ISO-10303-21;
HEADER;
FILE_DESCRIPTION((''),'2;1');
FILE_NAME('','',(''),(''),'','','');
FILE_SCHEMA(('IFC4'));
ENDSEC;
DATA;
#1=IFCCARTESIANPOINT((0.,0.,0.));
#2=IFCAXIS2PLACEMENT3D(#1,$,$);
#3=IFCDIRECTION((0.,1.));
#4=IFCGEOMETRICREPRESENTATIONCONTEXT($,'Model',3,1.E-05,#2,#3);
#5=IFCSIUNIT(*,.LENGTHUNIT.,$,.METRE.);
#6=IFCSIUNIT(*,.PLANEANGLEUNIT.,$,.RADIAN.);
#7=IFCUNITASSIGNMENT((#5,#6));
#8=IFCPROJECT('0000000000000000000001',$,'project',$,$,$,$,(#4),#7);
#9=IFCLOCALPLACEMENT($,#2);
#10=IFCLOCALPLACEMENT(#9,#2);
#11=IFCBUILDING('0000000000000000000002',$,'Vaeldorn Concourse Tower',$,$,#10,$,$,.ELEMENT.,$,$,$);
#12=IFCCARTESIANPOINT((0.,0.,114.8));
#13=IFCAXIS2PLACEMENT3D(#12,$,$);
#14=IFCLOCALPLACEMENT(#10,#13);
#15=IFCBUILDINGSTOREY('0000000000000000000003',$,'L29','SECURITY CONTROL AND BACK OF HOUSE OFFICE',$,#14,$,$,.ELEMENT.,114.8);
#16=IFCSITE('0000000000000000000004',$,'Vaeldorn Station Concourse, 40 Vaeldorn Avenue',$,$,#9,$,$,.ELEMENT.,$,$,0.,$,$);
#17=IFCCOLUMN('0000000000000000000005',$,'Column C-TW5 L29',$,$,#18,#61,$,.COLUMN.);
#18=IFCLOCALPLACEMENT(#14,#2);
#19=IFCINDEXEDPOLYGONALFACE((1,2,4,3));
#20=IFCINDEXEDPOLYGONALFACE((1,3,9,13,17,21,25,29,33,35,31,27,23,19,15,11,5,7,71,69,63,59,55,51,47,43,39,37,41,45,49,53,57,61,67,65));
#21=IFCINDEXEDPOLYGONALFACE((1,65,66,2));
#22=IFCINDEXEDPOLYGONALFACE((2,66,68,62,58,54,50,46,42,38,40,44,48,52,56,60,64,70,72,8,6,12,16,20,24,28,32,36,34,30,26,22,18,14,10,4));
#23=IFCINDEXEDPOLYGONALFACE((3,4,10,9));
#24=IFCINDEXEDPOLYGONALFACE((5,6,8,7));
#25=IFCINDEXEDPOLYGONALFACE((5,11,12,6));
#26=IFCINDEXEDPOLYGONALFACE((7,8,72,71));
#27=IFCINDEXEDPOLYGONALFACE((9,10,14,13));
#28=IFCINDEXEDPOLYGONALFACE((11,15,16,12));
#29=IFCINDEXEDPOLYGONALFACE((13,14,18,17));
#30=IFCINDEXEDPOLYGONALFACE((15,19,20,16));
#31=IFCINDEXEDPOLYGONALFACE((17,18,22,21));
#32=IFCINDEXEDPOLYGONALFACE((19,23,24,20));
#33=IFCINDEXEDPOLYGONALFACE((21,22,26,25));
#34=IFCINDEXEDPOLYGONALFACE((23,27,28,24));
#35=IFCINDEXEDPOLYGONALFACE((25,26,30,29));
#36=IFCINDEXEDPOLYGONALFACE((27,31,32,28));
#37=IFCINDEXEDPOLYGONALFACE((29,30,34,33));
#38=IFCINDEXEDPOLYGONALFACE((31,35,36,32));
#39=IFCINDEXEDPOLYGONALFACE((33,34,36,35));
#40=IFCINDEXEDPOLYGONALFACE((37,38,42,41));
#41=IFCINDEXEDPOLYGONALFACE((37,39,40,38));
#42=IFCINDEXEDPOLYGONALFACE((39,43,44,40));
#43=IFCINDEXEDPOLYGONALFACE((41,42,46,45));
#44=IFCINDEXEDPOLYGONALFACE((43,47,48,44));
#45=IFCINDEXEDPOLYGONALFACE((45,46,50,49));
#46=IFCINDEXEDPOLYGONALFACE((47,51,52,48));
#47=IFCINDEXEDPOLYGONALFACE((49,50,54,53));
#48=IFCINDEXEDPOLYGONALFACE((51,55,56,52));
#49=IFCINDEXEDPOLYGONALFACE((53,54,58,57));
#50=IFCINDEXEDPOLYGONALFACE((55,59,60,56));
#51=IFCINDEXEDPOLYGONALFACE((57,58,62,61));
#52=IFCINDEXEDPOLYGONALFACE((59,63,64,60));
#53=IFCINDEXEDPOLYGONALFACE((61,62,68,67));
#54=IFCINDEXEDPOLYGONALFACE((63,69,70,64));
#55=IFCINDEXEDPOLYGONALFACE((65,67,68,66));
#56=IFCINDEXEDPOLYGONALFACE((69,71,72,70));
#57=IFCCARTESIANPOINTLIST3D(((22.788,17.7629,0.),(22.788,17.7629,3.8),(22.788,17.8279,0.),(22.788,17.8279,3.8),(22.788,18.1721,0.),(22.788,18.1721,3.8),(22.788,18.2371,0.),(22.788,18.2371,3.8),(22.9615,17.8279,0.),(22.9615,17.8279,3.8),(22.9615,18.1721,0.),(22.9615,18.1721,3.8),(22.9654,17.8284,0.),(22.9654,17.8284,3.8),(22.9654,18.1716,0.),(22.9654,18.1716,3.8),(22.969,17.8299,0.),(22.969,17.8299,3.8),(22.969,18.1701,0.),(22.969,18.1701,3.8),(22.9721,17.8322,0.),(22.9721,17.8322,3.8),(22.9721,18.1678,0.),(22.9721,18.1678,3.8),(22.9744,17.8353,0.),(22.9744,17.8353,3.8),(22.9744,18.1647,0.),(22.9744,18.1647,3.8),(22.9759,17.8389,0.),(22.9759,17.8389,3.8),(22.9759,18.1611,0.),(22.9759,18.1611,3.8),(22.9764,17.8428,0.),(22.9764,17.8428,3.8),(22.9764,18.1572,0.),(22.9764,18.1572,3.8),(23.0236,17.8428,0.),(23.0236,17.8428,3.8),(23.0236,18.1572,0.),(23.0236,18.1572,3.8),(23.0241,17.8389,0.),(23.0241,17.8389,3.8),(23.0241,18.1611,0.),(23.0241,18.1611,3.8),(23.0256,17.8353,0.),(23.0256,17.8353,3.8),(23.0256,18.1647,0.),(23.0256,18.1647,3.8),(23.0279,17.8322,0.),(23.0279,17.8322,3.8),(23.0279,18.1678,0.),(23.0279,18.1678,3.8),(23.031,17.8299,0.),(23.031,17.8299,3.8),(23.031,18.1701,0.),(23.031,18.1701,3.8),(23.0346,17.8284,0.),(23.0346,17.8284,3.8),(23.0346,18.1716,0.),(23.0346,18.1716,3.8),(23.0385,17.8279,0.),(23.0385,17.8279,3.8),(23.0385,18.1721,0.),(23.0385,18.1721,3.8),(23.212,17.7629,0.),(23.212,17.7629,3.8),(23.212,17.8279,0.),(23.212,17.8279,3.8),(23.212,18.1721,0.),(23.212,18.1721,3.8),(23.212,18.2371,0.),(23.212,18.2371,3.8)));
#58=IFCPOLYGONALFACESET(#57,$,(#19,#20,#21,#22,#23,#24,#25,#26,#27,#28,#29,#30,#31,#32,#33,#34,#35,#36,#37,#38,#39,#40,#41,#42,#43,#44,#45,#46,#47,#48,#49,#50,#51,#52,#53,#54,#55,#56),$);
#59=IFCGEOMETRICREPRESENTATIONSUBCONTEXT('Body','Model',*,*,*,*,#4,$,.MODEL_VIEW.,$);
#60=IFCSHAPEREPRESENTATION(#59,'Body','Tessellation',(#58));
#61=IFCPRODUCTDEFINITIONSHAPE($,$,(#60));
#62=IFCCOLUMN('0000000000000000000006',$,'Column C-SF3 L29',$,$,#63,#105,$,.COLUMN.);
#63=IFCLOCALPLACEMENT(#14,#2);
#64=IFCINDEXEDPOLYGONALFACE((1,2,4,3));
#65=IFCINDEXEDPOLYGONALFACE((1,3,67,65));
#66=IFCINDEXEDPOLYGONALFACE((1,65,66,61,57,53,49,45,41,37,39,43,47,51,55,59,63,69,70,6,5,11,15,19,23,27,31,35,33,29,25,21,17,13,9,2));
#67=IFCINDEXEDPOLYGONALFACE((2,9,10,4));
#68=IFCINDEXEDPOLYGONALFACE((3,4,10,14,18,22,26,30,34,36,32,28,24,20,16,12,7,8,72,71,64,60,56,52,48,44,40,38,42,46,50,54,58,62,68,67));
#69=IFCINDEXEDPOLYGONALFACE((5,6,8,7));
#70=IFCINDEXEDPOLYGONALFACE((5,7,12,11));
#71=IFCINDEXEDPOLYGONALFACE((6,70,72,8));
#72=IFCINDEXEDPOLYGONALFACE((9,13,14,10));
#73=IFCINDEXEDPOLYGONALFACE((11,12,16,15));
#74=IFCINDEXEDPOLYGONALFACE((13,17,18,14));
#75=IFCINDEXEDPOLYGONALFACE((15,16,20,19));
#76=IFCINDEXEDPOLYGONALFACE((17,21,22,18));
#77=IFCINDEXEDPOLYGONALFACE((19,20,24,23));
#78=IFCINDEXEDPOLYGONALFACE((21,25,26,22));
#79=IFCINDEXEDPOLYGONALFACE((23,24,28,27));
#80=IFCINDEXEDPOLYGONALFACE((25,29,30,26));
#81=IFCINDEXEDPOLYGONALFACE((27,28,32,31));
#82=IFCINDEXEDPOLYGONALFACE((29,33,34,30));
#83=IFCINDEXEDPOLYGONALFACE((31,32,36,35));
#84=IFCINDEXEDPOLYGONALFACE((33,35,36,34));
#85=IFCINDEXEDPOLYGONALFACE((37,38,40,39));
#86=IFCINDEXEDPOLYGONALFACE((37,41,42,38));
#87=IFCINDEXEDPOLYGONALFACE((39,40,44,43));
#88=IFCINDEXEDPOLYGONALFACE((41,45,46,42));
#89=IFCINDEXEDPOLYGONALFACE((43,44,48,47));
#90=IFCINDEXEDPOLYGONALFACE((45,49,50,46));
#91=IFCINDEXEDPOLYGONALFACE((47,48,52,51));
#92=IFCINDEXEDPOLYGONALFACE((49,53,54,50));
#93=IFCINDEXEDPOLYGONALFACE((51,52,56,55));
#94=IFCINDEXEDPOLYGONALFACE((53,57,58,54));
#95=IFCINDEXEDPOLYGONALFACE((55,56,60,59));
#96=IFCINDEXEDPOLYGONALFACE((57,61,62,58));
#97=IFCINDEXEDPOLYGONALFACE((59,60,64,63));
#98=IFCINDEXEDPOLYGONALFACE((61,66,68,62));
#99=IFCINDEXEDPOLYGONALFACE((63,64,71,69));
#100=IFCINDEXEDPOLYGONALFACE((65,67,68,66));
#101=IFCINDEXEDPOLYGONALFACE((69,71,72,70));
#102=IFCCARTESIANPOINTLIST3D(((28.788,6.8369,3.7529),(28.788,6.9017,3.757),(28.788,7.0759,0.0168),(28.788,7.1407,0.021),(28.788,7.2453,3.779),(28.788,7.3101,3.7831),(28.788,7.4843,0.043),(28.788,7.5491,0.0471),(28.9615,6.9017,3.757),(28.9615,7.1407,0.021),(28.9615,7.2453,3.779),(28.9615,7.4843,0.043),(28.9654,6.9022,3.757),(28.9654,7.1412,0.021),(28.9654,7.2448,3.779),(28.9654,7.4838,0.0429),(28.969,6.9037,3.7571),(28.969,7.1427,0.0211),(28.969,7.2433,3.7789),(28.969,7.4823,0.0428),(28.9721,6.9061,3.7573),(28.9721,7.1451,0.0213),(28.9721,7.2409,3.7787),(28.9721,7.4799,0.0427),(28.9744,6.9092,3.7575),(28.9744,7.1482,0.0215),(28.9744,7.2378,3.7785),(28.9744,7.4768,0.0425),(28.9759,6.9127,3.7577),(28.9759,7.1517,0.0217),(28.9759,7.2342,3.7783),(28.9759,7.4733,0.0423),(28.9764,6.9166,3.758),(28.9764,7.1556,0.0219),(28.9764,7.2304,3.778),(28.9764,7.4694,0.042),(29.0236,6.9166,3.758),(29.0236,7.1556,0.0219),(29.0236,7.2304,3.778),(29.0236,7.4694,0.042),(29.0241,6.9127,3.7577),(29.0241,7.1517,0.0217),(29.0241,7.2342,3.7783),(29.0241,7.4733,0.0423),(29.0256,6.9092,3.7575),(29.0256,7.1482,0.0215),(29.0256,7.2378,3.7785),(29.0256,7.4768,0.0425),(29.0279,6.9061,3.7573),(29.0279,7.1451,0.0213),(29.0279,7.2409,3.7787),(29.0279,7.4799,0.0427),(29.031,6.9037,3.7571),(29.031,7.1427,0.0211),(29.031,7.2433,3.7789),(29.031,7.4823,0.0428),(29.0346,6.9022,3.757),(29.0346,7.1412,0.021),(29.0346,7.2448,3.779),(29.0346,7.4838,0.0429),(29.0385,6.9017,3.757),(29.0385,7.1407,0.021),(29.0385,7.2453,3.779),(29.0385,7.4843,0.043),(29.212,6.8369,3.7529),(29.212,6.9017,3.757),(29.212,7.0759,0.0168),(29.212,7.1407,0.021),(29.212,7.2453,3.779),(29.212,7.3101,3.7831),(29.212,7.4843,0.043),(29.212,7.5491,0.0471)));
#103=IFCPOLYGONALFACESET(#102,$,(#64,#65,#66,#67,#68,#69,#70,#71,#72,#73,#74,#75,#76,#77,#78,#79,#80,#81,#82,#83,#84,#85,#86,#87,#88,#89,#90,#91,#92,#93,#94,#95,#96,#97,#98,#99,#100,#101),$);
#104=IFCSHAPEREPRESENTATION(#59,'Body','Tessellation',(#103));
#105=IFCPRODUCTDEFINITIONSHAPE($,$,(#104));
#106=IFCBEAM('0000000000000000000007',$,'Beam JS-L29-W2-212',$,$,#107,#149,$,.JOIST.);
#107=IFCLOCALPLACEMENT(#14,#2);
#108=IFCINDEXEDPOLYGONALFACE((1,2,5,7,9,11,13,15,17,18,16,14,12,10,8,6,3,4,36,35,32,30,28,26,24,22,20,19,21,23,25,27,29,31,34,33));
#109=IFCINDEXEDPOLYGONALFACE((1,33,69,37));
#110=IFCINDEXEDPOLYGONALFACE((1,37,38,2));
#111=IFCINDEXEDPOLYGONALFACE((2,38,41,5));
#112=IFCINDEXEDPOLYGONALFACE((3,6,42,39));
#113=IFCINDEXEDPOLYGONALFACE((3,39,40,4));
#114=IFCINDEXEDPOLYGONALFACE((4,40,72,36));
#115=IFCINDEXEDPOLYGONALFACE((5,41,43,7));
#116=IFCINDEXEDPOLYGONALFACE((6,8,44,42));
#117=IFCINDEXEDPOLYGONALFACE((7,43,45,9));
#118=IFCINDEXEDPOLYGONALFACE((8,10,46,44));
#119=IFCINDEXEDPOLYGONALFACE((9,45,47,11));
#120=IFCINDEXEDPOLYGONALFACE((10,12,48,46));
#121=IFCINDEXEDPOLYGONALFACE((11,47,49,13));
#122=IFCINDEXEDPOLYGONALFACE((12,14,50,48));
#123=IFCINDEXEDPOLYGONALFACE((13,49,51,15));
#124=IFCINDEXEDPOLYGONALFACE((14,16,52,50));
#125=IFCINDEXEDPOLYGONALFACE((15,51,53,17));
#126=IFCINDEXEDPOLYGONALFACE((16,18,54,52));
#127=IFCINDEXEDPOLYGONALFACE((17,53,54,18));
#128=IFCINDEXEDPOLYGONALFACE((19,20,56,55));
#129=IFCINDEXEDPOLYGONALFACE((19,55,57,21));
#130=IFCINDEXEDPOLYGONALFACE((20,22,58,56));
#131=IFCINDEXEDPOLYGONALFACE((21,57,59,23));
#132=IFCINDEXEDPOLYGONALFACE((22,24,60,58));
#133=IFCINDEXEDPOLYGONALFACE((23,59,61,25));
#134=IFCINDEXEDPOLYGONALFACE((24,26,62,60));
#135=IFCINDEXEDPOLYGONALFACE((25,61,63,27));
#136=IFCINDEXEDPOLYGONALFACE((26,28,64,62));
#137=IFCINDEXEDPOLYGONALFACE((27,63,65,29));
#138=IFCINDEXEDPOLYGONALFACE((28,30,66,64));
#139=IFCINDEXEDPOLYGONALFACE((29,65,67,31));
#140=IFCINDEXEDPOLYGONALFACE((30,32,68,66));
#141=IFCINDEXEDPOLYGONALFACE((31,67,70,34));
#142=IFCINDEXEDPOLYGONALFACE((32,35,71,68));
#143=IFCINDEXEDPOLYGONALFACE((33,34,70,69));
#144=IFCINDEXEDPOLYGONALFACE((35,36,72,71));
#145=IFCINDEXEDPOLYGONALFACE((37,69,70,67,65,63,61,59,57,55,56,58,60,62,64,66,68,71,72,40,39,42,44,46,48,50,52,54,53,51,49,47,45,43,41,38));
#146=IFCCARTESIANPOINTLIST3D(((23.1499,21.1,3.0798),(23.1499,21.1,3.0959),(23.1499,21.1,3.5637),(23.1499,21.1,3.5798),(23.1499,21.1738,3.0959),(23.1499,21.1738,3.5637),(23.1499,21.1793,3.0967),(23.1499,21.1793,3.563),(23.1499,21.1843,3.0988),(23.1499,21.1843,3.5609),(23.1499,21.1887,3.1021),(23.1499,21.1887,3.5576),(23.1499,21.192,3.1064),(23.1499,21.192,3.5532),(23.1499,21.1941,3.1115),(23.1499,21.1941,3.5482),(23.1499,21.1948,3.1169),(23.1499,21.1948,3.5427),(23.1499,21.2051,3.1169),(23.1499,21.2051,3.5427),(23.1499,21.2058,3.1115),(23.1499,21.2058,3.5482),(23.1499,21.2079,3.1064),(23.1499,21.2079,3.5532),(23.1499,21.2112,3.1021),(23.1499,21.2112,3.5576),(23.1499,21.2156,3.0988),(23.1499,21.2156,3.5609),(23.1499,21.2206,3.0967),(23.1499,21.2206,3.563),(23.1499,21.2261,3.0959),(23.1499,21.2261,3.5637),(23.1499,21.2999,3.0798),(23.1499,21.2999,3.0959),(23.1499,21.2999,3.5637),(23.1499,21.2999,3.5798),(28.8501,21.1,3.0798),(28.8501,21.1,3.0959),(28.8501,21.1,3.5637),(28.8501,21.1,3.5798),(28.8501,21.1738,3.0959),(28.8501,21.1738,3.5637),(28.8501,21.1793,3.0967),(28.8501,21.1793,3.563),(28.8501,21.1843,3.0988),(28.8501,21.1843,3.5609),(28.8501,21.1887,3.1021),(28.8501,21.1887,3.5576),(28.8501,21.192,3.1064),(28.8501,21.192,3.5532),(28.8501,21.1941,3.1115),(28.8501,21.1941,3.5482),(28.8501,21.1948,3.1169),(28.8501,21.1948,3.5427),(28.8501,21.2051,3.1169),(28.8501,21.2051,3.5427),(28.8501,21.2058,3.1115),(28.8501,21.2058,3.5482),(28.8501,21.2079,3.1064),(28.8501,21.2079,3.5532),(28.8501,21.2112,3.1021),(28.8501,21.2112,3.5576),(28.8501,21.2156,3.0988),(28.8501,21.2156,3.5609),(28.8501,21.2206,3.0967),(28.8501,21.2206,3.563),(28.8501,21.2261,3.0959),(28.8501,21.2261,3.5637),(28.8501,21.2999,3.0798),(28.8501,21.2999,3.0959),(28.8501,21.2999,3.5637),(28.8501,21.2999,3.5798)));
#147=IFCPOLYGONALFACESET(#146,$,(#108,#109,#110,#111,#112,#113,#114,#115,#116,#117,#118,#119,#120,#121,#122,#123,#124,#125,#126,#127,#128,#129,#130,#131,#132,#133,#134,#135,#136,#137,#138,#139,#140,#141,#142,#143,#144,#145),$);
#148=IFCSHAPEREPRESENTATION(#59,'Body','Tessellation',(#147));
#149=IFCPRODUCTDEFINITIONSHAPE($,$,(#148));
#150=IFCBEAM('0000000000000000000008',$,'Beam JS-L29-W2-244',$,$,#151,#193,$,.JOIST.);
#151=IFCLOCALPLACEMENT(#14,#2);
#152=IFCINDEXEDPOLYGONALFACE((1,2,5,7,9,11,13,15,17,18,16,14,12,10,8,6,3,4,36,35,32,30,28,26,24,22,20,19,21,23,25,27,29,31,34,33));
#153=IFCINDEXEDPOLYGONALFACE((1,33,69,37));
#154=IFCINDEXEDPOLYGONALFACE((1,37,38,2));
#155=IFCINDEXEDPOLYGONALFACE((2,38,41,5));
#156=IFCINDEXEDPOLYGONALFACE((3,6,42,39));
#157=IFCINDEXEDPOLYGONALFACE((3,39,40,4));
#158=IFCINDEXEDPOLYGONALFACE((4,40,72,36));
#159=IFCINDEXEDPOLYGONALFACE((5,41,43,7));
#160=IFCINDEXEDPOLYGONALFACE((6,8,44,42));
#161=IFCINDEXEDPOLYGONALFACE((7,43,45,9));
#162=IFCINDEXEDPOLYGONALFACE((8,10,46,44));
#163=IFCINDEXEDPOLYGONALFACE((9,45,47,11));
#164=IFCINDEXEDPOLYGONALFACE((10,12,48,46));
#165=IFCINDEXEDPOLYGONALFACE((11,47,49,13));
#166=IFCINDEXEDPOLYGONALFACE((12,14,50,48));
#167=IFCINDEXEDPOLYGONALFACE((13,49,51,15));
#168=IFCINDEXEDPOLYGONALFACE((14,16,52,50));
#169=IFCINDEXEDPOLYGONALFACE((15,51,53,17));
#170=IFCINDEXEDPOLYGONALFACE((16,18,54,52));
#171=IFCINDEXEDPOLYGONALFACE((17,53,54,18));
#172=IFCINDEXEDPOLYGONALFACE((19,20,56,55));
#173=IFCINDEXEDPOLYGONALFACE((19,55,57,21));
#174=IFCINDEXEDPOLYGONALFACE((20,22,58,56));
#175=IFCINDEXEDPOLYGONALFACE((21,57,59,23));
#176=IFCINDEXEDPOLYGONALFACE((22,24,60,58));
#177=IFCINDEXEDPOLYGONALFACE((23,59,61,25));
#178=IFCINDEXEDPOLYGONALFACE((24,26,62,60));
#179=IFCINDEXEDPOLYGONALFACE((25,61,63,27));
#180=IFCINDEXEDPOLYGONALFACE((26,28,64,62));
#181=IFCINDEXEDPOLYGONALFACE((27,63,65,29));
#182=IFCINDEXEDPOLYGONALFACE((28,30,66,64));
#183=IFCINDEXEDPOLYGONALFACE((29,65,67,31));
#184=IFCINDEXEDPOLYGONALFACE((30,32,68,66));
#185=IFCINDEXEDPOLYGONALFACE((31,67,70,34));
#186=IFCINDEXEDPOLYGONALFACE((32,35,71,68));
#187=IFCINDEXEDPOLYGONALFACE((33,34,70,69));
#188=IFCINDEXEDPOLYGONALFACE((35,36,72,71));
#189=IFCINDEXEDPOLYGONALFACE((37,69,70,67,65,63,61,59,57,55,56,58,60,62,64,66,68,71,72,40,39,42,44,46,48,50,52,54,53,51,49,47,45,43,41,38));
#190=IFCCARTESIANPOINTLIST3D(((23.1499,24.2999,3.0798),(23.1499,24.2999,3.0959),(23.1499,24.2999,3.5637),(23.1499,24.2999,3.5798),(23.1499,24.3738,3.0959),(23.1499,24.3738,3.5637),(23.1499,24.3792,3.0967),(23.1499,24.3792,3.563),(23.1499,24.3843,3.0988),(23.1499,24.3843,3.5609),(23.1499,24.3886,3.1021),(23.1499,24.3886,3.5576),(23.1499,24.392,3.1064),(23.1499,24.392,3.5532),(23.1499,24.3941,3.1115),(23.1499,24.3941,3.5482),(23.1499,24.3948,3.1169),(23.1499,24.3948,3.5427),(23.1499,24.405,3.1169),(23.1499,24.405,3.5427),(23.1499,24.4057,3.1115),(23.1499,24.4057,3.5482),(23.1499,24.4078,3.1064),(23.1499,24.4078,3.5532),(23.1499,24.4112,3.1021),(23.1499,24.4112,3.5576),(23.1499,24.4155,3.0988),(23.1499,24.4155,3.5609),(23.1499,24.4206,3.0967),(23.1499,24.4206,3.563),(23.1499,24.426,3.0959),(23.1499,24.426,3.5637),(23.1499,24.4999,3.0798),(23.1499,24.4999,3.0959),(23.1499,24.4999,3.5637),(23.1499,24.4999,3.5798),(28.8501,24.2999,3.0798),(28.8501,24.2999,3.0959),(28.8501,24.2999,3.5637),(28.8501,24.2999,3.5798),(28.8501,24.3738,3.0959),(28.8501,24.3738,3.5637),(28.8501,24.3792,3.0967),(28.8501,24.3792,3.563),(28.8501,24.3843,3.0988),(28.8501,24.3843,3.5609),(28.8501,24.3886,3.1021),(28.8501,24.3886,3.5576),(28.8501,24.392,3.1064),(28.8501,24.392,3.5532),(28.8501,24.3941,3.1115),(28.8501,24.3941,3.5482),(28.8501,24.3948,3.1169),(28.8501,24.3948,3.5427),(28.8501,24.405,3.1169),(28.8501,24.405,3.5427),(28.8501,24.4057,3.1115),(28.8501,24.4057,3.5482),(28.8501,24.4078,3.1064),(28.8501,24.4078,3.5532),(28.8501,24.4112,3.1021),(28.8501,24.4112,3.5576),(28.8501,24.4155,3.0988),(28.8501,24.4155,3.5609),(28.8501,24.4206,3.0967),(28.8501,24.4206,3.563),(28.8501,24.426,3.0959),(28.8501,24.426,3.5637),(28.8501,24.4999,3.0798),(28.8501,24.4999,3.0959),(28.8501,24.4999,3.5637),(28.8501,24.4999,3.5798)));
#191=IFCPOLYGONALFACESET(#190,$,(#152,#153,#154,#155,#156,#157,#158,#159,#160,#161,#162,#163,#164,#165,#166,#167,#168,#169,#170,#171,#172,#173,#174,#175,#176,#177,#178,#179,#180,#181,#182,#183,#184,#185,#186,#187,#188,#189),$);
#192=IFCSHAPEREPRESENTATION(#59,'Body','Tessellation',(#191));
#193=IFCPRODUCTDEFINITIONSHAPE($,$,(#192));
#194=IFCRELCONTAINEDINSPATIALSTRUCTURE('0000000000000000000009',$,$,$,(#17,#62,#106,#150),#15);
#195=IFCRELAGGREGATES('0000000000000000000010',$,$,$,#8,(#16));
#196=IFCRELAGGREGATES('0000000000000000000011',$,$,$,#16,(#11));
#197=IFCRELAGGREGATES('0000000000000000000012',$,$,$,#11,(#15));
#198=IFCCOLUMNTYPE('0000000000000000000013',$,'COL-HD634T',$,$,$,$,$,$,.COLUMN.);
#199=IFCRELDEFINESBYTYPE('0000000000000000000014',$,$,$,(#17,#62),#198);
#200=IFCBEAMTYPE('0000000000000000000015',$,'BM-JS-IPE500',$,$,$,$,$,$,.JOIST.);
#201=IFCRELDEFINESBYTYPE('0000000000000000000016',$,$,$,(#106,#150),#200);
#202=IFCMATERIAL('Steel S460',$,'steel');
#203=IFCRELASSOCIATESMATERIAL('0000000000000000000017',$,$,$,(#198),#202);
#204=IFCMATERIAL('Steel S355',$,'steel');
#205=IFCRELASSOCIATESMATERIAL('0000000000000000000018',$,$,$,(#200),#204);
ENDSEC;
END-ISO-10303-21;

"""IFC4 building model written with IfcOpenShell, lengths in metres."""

from ifc_helpers import new_model, si_unit, direction, frame, origin, origin_2d, place, context, subcontext, project, spatial, i_section, extrude, source, transform, mapped, material, material_profile, profile_set, type_object, element, save


model = new_model("IFC4")

# Units and contexts
model_context = context("Model", 3, precision=1e-05, world=origin(), true_north=direction((0.0, 1.0)))
body_context = subcontext(model_context, "Body", "Model", "MODEL_VIEW")
ifc_project = project(units=[si_unit("LENGTHUNIT", "METRE"), si_unit("PLANEANGLEUNIT", "RADIAN")], contexts=[model_context])

# Site, building, storey
site_placement = place(None, origin())
site = spatial("IfcSite", under=ifc_project, at=site_placement, Name="Vaeldorn Station Concourse, 40 Vaeldorn Avenue", CompositionType="ELEMENT", RefElevation=0.0)
building_placement = place(site_placement, origin())
building = spatial("IfcBuilding", under=site, at=building_placement, Name="Vaeldorn Concourse Tower", CompositionType="ELEMENT")
storey_placement = place(building_placement, frame((0.0, 0.0, 114.8)))
storey = spatial("IfcBuildingStorey", under=building, at=storey_placement, Name="L29", Description="SECURITY CONTROL AND BACK OF HOUSE OFFICE", CompositionType="ELEMENT", Elevation=114.8)

# Columns
ifc_material_1 = material(Name="Steel S460", Category="steel")
ifc_material_profile_1 = material_profile(ifc_material_1, i_section(OverallWidth=0.4241, OverallDepth=0.4741, WebThickness=0.0471, FlangeThickness=0.0649, FilletRadius=0.0149, at=origin_2d()), Name="HD 400x634")
ifc_profile_set_1 = profile_set([ifc_material_profile_1], Name="Steel S460")
column_type = type_object("IfcColumnType", Name="COL-HD634T", PredefinedType="COLUMN", material=ifc_profile_set_1)
shared_shape_1 = source(origin(), body_context, "Body", "SweptSolid", [
    extrude(i_section(OverallWidth=0.4241, OverallDepth=0.4741, WebThickness=0.0471, FlangeThickness=0.0649, FilletRadius=0.0149, at=origin_2d()), origin(), (0.0, 0.0, 1.0), 3.8),
])
column_1_placement = place(storey_placement, frame((23.0, 18.0, 0.0), z_axis=(0.0, 0.0, 1.0), x_axis=(1.0, 0.0, 0.0)))
element("IfcColumn", 1, at=column_1_placement, inside=storey, type_object=column_type, Name="Column C-TW5 L29", PredefinedType="COLUMN", context=body_context, shape_type="MappedRepresentation", body=[
    mapped(shared_shape_1, transform((0.0, 0.0, 0.0), scale=1.0)),
])
shared_shape_2 = source(origin(), body_context, "Body", "SweptSolid", [
    extrude(i_section(OverallWidth=0.4241, OverallDepth=0.4741, WebThickness=0.0471, FlangeThickness=0.0649, FilletRadius=0.0149, at=origin_2d()), origin(), (0.0, 0.0, 1.0), 3.7437),
])
column_2_placement = place(storey_placement, frame((29.0, 7.3125, 0.032), z_axis=(0.0, -0.063844, 0.99796), x_axis=(1.0, 0.0, 0.0)))
element("IfcColumn", 2, at=column_2_placement, inside=storey, type_object=column_type, Name="Column C-SF3 L29", PredefinedType="COLUMN", context=body_context, shape_type="MappedRepresentation", body=[
    mapped(shared_shape_2, transform((0.0, 0.0, 0.0), scale=1.0)),
])

# Beams
ifc_material_2 = material(Name="Steel S355", Category="steel")
ifc_material_profile_2 = material_profile(ifc_material_2, i_section(OverallWidth=0.2, OverallDepth=0.5, WebThickness=0.0103, FlangeThickness=0.0161, FilletRadius=0.021, at=origin_2d()), Name="IPE 500")
ifc_profile_set_2 = profile_set([ifc_material_profile_2], Name="Steel S355")
beam_type_1 = type_object("IfcBeamType", Name="BM-JS-IPE500", PredefinedType="JOIST", material=ifc_profile_set_2)
shared_shape_3 = source(origin(), body_context, "Body", "SweptSolid", [
    extrude(i_section(OverallWidth=0.2, OverallDepth=0.5, WebThickness=0.0103, FlangeThickness=0.0161, FilletRadius=0.021, at=origin_2d()), origin(), (0.0, 0.0, 1.0), 5.7002),
])
for number, where, z_axis, x_axis, name in (
    (3, (23.1499, 21.2, 3.3298), (1.0, 0.0, 0.0), (0.0, 1.0, 0.0), "Beam JS-L29-W2-212"),
    (4, (23.1499, 24.3999, 3.3298), (1.0, 0.0, 0.0), (0.0, 1.0, 0.0), "Beam JS-L29-W2-244"),
):
    element("IfcBeam", number, at=place(storey_placement, frame(where, z_axis=z_axis, x_axis=x_axis)), inside=storey, type_object=beam_type_1, Name=name, PredefinedType="JOIST", context=body_context, shape_type="MappedRepresentation", body=[
        mapped(shared_shape_3, transform((0.0, 0.0, 0.0), scale=1.0)),
    ])

save(model, "model.ifc")
